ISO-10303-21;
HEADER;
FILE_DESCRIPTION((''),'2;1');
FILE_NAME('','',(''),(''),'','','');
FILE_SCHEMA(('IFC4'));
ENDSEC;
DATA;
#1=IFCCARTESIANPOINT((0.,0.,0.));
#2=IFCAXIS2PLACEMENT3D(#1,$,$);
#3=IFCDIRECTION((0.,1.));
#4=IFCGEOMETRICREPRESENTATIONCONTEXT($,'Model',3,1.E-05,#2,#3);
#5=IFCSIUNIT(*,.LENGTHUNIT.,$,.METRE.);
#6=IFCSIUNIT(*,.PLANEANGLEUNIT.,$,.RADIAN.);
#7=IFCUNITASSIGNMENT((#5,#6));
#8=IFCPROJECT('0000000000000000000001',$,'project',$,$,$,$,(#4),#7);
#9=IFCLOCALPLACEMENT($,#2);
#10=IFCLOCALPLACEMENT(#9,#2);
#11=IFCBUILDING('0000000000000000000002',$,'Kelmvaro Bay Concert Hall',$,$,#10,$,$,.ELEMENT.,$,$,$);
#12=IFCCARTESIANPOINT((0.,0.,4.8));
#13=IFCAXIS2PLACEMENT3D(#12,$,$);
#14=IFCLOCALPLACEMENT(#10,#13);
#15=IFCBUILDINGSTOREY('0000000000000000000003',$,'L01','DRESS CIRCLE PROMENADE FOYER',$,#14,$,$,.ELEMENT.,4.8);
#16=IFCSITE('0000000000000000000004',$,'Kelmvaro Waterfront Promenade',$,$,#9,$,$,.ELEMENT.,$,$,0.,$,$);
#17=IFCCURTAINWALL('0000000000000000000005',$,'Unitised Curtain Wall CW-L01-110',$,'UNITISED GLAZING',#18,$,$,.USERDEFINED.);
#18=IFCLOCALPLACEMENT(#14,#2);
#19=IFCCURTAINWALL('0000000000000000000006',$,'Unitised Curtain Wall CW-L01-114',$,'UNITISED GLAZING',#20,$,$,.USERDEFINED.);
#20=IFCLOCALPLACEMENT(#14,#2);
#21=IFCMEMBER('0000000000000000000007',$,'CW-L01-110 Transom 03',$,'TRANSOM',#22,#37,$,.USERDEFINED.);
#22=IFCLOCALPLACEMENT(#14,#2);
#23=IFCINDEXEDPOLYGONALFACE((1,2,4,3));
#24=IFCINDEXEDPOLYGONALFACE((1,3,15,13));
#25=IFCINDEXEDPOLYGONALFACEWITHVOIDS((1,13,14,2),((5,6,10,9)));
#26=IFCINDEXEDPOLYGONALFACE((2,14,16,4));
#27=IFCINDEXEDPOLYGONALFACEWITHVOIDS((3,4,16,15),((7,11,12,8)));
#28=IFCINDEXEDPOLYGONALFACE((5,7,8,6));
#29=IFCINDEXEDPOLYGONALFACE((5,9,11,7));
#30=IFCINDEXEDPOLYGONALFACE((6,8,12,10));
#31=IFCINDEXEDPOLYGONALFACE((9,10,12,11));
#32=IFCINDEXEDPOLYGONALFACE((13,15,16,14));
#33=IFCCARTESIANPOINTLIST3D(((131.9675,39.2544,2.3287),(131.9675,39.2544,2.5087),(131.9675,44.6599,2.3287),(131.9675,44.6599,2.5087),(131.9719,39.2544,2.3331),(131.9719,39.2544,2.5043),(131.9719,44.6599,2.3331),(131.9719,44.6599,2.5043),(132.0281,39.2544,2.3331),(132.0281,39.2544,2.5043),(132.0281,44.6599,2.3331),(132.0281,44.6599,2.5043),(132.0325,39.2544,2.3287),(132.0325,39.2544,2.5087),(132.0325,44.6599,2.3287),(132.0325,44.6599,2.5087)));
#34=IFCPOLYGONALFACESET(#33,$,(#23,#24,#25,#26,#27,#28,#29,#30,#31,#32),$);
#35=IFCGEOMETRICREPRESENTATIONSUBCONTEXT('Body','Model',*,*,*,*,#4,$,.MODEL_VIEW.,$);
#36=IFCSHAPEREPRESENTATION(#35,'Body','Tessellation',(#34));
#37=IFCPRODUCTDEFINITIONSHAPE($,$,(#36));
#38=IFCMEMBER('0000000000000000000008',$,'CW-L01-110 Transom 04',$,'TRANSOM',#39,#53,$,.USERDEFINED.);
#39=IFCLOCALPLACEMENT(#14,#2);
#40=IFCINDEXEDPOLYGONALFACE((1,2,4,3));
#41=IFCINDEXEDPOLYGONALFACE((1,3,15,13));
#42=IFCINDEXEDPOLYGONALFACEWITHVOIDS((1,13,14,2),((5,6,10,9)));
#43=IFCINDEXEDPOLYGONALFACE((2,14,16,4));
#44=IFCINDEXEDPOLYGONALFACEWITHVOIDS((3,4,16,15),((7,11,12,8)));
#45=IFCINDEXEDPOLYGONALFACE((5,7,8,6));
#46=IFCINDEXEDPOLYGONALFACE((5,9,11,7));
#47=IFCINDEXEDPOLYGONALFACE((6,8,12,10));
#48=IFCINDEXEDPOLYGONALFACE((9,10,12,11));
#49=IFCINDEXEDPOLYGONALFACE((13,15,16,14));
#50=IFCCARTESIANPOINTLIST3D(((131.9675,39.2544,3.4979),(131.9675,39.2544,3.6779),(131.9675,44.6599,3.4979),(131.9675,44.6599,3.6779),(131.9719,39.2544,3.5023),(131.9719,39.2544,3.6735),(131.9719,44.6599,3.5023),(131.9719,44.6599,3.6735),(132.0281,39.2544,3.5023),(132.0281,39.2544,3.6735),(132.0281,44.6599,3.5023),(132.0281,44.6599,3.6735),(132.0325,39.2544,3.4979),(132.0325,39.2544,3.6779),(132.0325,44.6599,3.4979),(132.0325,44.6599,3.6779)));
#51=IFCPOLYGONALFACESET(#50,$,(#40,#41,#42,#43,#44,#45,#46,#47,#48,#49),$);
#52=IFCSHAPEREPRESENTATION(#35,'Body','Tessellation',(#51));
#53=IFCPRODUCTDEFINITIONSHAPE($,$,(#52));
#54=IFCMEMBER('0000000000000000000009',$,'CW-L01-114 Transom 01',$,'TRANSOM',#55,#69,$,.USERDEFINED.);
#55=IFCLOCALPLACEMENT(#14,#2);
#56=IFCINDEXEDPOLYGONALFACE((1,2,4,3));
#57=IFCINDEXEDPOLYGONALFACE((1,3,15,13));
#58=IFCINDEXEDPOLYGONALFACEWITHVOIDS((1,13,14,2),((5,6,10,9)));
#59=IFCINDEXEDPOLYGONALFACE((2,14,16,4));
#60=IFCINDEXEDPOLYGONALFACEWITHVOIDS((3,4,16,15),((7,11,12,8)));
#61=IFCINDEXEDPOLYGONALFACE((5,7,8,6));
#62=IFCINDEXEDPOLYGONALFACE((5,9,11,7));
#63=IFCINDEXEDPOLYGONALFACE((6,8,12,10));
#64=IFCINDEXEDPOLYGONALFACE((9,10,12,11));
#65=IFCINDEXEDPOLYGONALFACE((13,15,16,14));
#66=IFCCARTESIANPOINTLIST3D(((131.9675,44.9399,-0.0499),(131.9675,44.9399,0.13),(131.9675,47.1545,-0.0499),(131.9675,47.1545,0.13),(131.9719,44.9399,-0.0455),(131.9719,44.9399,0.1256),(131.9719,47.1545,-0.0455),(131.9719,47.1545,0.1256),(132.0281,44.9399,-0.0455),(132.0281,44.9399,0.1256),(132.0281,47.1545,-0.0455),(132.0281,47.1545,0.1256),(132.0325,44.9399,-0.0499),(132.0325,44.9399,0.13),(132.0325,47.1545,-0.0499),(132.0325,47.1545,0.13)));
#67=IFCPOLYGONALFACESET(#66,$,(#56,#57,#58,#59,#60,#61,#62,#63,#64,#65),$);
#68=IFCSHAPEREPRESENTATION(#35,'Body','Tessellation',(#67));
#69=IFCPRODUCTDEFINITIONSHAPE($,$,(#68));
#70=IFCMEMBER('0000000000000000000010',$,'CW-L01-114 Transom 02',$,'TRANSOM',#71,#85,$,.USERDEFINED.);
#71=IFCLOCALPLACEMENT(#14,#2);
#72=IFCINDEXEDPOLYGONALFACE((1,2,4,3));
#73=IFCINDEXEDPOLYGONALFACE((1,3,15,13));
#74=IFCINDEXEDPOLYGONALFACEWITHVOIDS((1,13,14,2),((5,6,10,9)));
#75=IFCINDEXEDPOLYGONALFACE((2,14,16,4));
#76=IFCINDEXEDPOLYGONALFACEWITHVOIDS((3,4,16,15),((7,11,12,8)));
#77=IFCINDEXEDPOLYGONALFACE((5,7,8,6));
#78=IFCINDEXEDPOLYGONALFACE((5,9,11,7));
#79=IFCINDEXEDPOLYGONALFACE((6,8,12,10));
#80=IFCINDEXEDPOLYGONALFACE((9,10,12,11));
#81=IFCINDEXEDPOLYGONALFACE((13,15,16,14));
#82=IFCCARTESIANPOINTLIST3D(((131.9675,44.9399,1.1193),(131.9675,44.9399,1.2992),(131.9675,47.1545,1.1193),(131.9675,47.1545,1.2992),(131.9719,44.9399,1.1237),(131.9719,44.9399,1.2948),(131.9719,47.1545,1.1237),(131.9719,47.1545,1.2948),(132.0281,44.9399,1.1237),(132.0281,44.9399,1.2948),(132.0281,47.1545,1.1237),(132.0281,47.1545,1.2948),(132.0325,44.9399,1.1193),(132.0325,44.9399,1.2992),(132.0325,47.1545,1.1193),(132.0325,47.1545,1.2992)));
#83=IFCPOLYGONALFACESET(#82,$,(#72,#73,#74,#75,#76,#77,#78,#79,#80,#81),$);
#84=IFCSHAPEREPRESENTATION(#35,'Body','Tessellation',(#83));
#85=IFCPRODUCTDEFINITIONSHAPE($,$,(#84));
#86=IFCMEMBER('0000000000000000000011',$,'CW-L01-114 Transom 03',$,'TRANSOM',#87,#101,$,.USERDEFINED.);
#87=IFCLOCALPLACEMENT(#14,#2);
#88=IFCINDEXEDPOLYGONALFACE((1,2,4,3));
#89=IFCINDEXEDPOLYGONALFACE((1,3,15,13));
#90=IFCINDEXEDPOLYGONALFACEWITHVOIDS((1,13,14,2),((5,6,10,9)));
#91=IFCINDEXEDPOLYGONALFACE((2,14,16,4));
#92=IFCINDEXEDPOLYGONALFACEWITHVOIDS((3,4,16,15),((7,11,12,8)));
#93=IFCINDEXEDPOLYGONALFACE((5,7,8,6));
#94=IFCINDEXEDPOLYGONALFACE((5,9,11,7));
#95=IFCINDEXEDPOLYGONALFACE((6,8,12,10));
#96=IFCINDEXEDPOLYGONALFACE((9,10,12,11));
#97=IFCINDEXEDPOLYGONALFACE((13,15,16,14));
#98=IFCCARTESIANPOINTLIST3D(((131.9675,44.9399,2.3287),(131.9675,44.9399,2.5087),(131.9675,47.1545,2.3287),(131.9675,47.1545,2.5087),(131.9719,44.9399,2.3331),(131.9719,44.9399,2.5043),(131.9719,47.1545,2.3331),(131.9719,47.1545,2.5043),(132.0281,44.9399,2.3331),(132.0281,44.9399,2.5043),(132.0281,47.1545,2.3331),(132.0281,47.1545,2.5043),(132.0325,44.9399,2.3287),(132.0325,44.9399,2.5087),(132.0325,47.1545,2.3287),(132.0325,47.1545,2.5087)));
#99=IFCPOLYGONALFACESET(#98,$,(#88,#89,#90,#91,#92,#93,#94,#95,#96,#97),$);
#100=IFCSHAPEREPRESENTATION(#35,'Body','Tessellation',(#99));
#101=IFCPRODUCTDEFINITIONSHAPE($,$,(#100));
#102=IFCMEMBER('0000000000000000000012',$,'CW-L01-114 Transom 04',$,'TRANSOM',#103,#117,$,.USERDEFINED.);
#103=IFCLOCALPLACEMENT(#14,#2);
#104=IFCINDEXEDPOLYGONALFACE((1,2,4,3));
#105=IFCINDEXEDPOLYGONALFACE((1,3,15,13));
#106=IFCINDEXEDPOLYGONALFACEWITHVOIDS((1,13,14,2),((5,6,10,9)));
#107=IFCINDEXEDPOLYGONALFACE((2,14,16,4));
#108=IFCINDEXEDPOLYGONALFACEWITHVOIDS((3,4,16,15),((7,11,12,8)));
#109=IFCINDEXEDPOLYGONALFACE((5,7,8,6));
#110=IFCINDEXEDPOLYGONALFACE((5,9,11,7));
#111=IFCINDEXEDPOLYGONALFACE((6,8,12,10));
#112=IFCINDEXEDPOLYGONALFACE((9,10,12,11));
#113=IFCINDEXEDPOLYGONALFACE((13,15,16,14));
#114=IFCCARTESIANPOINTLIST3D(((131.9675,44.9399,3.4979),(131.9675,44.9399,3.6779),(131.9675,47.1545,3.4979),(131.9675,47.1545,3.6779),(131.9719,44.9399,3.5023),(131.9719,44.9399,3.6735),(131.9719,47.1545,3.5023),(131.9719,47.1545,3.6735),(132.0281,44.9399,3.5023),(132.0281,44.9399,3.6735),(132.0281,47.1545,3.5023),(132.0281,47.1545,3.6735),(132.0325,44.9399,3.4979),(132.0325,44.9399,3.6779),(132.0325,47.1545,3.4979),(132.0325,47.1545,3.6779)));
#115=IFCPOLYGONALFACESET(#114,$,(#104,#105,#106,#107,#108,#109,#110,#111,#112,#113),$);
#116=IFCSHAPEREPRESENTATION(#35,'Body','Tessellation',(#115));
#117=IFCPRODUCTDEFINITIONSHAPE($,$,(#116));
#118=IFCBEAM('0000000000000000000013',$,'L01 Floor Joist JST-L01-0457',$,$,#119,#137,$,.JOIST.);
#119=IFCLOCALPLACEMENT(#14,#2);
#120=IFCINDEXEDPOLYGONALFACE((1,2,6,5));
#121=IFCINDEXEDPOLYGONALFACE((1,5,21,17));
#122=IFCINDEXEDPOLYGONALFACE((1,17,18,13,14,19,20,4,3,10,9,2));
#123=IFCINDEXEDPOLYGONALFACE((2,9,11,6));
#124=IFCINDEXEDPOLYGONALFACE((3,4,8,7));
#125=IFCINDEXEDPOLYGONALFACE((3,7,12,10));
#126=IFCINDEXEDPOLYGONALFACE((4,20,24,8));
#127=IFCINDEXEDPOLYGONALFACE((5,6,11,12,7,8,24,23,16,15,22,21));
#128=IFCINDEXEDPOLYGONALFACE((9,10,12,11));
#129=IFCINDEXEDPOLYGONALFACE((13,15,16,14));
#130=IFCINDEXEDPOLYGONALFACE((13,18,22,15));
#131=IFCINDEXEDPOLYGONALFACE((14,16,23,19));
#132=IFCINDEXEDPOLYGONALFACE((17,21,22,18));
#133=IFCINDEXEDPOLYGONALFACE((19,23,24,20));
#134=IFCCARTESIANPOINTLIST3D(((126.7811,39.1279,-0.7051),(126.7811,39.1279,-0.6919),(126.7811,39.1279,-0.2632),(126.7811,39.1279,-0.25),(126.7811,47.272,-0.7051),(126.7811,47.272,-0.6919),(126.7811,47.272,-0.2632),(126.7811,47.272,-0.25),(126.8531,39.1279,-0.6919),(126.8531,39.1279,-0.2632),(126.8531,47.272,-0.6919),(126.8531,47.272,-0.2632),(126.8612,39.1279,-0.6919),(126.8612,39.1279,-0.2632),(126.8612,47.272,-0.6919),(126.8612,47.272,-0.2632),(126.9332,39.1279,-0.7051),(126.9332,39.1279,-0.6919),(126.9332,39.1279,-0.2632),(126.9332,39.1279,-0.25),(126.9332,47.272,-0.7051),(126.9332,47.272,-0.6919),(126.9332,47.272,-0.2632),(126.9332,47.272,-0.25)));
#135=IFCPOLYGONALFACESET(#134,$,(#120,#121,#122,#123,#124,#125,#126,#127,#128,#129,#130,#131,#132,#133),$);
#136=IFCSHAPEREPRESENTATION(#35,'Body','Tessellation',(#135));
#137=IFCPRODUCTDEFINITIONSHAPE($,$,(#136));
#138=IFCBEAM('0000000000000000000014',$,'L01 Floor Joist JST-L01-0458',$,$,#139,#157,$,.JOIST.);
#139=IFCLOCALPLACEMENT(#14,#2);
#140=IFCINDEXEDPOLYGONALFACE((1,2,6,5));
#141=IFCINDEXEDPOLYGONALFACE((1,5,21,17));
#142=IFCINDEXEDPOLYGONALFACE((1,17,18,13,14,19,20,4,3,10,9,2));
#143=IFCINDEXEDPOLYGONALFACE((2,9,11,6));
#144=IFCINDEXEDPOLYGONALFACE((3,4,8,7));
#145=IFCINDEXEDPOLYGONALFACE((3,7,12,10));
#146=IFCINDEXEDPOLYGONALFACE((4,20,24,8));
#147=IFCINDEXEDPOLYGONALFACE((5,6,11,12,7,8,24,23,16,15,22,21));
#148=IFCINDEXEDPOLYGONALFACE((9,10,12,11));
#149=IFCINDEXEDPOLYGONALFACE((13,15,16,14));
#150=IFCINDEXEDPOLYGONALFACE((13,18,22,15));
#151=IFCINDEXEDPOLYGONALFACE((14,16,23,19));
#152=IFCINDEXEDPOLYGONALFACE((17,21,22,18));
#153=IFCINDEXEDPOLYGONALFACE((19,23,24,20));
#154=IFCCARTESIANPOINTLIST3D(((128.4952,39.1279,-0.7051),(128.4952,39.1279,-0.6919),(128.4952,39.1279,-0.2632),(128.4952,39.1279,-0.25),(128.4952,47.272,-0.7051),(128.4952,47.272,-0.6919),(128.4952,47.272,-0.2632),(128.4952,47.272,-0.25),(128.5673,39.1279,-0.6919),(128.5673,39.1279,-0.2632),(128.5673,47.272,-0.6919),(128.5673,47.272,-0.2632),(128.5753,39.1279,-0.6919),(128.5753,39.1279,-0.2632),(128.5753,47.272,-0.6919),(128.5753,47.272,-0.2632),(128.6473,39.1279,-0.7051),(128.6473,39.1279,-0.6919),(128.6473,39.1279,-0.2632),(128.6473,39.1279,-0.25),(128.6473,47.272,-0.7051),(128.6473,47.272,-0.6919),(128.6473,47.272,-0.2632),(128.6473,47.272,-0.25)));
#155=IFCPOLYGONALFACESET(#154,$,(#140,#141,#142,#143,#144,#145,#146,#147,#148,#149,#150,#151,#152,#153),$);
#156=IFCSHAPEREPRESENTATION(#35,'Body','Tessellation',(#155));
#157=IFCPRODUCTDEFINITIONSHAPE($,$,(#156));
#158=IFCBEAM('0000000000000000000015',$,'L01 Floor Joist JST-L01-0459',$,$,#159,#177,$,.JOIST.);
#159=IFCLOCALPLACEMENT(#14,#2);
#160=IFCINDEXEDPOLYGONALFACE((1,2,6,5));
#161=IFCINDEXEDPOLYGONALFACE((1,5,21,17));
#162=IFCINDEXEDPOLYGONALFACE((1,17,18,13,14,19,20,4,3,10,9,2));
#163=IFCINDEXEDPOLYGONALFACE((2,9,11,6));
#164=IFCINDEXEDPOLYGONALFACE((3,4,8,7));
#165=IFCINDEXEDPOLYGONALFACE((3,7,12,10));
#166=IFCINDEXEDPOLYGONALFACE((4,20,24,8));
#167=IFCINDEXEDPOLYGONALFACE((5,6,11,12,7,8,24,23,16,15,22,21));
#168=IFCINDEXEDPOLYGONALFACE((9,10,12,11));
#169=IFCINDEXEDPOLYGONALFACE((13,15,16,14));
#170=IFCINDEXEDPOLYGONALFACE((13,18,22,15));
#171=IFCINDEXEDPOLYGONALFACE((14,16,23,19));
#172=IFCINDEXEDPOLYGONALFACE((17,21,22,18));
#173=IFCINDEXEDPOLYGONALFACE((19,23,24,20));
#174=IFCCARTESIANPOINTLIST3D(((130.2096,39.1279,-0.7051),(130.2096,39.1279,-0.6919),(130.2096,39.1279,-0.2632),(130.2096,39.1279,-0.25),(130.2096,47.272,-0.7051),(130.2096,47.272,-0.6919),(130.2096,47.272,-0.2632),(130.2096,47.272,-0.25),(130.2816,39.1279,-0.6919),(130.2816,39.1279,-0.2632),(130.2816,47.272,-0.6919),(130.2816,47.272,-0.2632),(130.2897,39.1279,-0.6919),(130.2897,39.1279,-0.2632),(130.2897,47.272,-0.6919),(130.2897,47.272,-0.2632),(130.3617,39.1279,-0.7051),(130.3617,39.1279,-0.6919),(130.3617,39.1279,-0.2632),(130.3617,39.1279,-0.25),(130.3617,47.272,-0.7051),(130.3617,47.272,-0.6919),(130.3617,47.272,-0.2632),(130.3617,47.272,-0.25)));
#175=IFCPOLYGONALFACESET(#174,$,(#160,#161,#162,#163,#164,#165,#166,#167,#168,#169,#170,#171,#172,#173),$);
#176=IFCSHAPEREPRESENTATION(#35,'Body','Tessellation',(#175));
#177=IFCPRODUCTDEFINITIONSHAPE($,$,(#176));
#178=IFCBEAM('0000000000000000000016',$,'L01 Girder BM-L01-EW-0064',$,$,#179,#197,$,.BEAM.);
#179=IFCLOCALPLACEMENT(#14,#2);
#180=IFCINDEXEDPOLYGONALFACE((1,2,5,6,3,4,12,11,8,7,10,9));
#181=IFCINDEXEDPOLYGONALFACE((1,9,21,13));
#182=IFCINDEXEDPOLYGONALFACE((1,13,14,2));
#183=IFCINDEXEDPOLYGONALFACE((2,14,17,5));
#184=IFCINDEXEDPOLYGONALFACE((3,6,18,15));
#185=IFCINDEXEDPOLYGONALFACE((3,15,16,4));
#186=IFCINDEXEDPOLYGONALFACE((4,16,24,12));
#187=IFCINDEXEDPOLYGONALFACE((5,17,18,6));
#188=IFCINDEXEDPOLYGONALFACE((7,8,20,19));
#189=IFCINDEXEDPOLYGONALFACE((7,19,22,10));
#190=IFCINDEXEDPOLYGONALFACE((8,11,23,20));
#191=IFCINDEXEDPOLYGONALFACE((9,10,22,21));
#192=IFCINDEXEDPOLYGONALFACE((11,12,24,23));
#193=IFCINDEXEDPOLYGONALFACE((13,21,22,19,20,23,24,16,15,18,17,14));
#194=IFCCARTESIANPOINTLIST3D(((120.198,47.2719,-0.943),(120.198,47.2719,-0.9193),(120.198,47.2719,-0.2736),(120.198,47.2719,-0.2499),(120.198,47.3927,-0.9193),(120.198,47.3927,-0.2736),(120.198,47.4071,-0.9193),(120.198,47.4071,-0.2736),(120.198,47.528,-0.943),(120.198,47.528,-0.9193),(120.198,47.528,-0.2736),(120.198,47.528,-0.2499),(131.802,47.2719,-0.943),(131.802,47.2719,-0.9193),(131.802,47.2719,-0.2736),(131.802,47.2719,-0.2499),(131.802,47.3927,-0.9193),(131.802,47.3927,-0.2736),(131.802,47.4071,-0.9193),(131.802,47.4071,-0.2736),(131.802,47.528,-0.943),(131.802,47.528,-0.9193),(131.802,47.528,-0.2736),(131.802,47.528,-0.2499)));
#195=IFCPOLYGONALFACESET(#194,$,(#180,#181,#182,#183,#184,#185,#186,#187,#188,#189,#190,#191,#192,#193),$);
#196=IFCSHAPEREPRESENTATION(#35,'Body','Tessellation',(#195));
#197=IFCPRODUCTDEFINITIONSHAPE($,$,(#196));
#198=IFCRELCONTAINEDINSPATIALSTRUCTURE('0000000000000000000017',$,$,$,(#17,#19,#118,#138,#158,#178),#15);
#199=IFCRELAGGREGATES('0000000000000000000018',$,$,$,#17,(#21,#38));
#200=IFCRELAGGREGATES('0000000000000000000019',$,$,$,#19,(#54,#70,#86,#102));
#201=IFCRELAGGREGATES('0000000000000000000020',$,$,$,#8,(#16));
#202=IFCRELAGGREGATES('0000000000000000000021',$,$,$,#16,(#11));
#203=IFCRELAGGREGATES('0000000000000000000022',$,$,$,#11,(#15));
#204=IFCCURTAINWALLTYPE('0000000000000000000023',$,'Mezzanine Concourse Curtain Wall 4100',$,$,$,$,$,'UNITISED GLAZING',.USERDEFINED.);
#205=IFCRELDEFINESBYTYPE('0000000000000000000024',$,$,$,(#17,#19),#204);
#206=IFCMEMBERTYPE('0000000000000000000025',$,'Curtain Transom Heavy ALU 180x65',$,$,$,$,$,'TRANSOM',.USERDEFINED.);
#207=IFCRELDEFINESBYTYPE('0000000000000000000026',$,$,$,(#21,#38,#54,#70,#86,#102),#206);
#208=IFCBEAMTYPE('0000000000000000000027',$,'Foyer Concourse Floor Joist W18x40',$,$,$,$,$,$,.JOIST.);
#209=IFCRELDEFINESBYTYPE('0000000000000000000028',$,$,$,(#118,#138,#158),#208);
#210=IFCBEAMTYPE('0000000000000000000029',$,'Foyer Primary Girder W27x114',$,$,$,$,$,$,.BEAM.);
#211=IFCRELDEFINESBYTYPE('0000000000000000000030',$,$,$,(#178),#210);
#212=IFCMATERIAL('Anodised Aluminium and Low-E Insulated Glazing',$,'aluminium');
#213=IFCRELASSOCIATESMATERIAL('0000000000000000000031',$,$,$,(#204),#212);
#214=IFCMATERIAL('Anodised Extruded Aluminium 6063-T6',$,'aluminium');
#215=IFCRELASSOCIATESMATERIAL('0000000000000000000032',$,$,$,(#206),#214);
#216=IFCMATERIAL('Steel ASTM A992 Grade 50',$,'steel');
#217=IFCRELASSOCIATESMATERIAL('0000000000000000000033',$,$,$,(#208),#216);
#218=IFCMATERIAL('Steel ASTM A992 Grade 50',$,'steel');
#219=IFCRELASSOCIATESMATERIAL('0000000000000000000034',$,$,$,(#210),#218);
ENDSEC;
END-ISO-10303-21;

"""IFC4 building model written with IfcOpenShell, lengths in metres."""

from ifc_helpers import new_model, si_unit, direction, frame, origin, origin_2d, place, context, subcontext, project, spatial, hollow_rectangle, i_section, extrude, material, material_profile, profile_set, type_object, element, aggregate, save


model = new_model("IFC4")

# Units and contexts
model_context = context("Model", 3, precision=1e-05, world=origin(), true_north=direction((0.0, 1.0)))
body_context = subcontext(model_context, "Body", "Model", "MODEL_VIEW")
ifc_project = project(units=[si_unit("LENGTHUNIT", "METRE"), si_unit("PLANEANGLEUNIT", "RADIAN")], contexts=[model_context])

# Site, building, storey
site_placement = place(None, origin())
site = spatial("IfcSite", under=ifc_project, at=site_placement, Name="Kelmvaro Waterfront Promenade", CompositionType="ELEMENT", RefElevation=0.0)
building_placement = place(site_placement, origin())
building = spatial("IfcBuilding", under=site, at=building_placement, Name="Kelmvaro Bay Concert Hall", CompositionType="ELEMENT")
storey_placement = place(building_placement, frame((0.0, 0.0, 4.8)))
storey = spatial("IfcBuildingStorey", under=building, at=storey_placement, Name="L01", Description="DRESS CIRCLE PROMENADE FOYER", CompositionType="ELEMENT", Elevation=4.8)

# Curtain walls
ifc_material_1 = material(Name="Anodised Aluminium and Low-E Insulated Glazing", Category="aluminium")
curtain_wall_type = type_object("IfcCurtainWallType", Name="Mezzanine Concourse Curtain Wall 4100", ElementType="UNITISED GLAZING", PredefinedType="USERDEFINED", material=ifc_material_1)
curtain_wall_1_placement = place(storey_placement, origin())
curtain_wall_1 = element("IfcCurtainWall", 1, at=curtain_wall_1_placement, inside=storey, type_object=curtain_wall_type, Name="Unitised Curtain Wall CW-L01-110", ObjectType="UNITISED GLAZING", PredefinedType="USERDEFINED")
curtain_wall_2_placement = place(storey_placement, origin())
curtain_wall_2 = element("IfcCurtainWall", 2, at=curtain_wall_2_placement, inside=storey, type_object=curtain_wall_type, Name="Unitised Curtain Wall CW-L01-114", ObjectType="UNITISED GLAZING", PredefinedType="USERDEFINED")

# Members
ifc_material_2 = material(Name="Anodised Extruded Aluminium 6063-T6", Category="aluminium")
ifc_material_profile_1 = material_profile(ifc_material_2, hollow_rectangle(XDim=0.0649, YDim=0.1799, WallThickness=0.0044, at=origin_2d()), Name="ALU-TRN-180X65")
ifc_profile_set_1 = profile_set([ifc_material_profile_1], Name="Anodised Extruded Aluminium 6063-T6")
member_type_1 = type_object("IfcMemberType", Name="Curtain Transom Heavy ALU 180x65", ElementType="TRANSOM", PredefinedType="USERDEFINED", material=ifc_profile_set_1)
member_1_placement = place(storey_placement, frame((132.0, 44.6599, 2.4187), z_axis=(0.0, -1.0, 0.0), x_axis=(1.0, 0.0, 0.0)))
member_1 = element("IfcMember", 3, at=member_1_placement, type_object=member_type_1, Name="CW-L01-110 Transom 03", ObjectType="TRANSOM", PredefinedType="USERDEFINED", context=body_context, shape_type="SweptSolid", body=[
    extrude(hollow_rectangle(XDim=0.0649, YDim=0.1799, WallThickness=0.0044, at=origin_2d()), origin(), (0.0, 0.0, 1.0), 5.4055),
])
member_2_placement = place(storey_placement, frame((132.0, 44.6599, 3.5879), z_axis=(0.0, -1.0, 0.0), x_axis=(1.0, 0.0, 0.0)))
member_2 = element("IfcMember", 4, at=member_2_placement, type_object=member_type_1, Name="CW-L01-110 Transom 04", ObjectType="TRANSOM", PredefinedType="USERDEFINED", context=body_context, shape_type="SweptSolid", body=[
    extrude(hollow_rectangle(XDim=0.0649, YDim=0.1799, WallThickness=0.0044, at=origin_2d()), origin(), (0.0, 0.0, 1.0), 5.4055),
])
member_3_placement = place(storey_placement, frame((132.0, 47.1545, 0.04), z_axis=(0.0, -1.0, 0.0), x_axis=(1.0, 0.0, 0.0)))
member_3 = element("IfcMember", 5, at=member_3_placement, type_object=member_type_1, Name="CW-L01-114 Transom 01", ObjectType="TRANSOM", PredefinedType="USERDEFINED", context=body_context, shape_type="SweptSolid", body=[
    extrude(hollow_rectangle(XDim=0.0649, YDim=0.1799, WallThickness=0.0044, at=origin_2d()), origin(), (0.0, 0.0, 1.0), 2.2146),
])
member_4_placement = place(storey_placement, frame((132.0, 47.1545, 1.2092), z_axis=(0.0, -1.0, 0.0), x_axis=(1.0, 0.0, 0.0)))
member_4 = element("IfcMember", 6, at=member_4_placement, type_object=member_type_1, Name="CW-L01-114 Transom 02", ObjectType="TRANSOM", PredefinedType="USERDEFINED", context=body_context, shape_type="SweptSolid", body=[
    extrude(hollow_rectangle(XDim=0.0649, YDim=0.1799, WallThickness=0.0044, at=origin_2d()), origin(), (0.0, 0.0, 1.0), 2.2146),
])
member_5_placement = place(storey_placement, frame((132.0, 47.1545, 2.4187), z_axis=(0.0, -1.0, 0.0), x_axis=(1.0, 0.0, 0.0)))
member_5 = element("IfcMember", 7, at=member_5_placement, type_object=member_type_1, Name="CW-L01-114 Transom 03", ObjectType="TRANSOM", PredefinedType="USERDEFINED", context=body_context, shape_type="SweptSolid", body=[
    extrude(hollow_rectangle(XDim=0.0649, YDim=0.1799, WallThickness=0.0044, at=origin_2d()), origin(), (0.0, 0.0, 1.0), 2.2146),
])
member_6_placement = place(storey_placement, frame((132.0, 47.1545, 3.5879), z_axis=(0.0, -1.0, 0.0), x_axis=(1.0, 0.0, 0.0)))
member_6 = element("IfcMember", 8, at=member_6_placement, type_object=member_type_1, Name="CW-L01-114 Transom 04", ObjectType="TRANSOM", PredefinedType="USERDEFINED", context=body_context, shape_type="SweptSolid", body=[
    extrude(hollow_rectangle(XDim=0.0649, YDim=0.1799, WallThickness=0.0044, at=origin_2d()), origin(), (0.0, 0.0, 1.0), 2.2146),
])

# Beams
ifc_material_3 = material(Name="Steel ASTM A992 Grade 50", Category="steel")
ifc_material_profile_2 = material_profile(ifc_material_3, i_section(OverallWidth=0.1521, OverallDepth=0.4551, WebThickness=0.0081, FlangeThickness=0.0132, at=origin_2d()), Name="W18X40")
ifc_profile_set_2 = profile_set([ifc_material_profile_2], Name="Steel ASTM A992 Grade 50")
beam_type_1 = type_object("IfcBeamType", Name="Foyer Concourse Floor Joist W18x40", PredefinedType="JOIST", material=ifc_profile_set_2)
for number, where, z_axis, x_axis, name in (
    (9, (126.8572, 39.1279, -0.4775), (0.0, 1.0, 0.0), (-1.0, 0.0, 0.0), "L01 Floor Joist JST-L01-0457"),
    (10, (128.5713, 39.1279, -0.4775), (0.0, 1.0, 0.0), (-1.0, 0.0, 0.0), "L01 Floor Joist JST-L01-0458"),
    (11, (130.2856, 39.1279, -0.4775), (0.0, 1.0, 0.0), (-1.0, 0.0, 0.0), "L01 Floor Joist JST-L01-0459"),
):
    element("IfcBeam", number, at=place(storey_placement, frame(where, z_axis=z_axis, x_axis=x_axis)), inside=storey, type_object=beam_type_1, Name=name, PredefinedType="JOIST", context=body_context, shape_type="SweptSolid", body=[
        extrude(i_section(OverallWidth=0.1521, OverallDepth=0.4551, WebThickness=0.0081, FlangeThickness=0.0132, at=origin_2d()), origin(), (0.0, 0.0, 1.0), 8.144),
    ])
ifc_material_4 = material(Name="Steel ASTM A992 Grade 50", Category="steel")
ifc_material_profile_3 = material_profile(ifc_material_4, i_section(OverallWidth=0.2561, OverallDepth=0.6931, WebThickness=0.0144, FlangeThickness=0.0237, at=origin_2d()), Name="W27X114")
ifc_profile_set_3 = profile_set([ifc_material_profile_3], Name="Steel ASTM A992 Grade 50")
beam_type_2 = type_object("IfcBeamType", Name="Foyer Primary Girder W27x114", PredefinedType="BEAM", material=ifc_profile_set_3)
beam_1_placement = place(storey_placement, frame((120.198, 47.3999, -0.5964), z_axis=(1.0, 0.0, 0.0), x_axis=(0.0, 1.0, 0.0)))
element("IfcBeam", 12, at=beam_1_placement, inside=storey, type_object=beam_type_2, Name="L01 Girder BM-L01-EW-0064", PredefinedType="BEAM", context=body_context, shape_type="SweptSolid", body=[
    extrude(i_section(OverallWidth=0.2561, OverallDepth=0.6931, WebThickness=0.0144, FlangeThickness=0.0237, at=origin_2d()), origin(), (0.0, 0.0, 1.0), 11.604),
])

aggregate(curtain_wall_1, [member_1, member_2])
aggregate(curtain_wall_2, [member_3, member_4, member_5, member_6])

save(model, "model.ifc")
